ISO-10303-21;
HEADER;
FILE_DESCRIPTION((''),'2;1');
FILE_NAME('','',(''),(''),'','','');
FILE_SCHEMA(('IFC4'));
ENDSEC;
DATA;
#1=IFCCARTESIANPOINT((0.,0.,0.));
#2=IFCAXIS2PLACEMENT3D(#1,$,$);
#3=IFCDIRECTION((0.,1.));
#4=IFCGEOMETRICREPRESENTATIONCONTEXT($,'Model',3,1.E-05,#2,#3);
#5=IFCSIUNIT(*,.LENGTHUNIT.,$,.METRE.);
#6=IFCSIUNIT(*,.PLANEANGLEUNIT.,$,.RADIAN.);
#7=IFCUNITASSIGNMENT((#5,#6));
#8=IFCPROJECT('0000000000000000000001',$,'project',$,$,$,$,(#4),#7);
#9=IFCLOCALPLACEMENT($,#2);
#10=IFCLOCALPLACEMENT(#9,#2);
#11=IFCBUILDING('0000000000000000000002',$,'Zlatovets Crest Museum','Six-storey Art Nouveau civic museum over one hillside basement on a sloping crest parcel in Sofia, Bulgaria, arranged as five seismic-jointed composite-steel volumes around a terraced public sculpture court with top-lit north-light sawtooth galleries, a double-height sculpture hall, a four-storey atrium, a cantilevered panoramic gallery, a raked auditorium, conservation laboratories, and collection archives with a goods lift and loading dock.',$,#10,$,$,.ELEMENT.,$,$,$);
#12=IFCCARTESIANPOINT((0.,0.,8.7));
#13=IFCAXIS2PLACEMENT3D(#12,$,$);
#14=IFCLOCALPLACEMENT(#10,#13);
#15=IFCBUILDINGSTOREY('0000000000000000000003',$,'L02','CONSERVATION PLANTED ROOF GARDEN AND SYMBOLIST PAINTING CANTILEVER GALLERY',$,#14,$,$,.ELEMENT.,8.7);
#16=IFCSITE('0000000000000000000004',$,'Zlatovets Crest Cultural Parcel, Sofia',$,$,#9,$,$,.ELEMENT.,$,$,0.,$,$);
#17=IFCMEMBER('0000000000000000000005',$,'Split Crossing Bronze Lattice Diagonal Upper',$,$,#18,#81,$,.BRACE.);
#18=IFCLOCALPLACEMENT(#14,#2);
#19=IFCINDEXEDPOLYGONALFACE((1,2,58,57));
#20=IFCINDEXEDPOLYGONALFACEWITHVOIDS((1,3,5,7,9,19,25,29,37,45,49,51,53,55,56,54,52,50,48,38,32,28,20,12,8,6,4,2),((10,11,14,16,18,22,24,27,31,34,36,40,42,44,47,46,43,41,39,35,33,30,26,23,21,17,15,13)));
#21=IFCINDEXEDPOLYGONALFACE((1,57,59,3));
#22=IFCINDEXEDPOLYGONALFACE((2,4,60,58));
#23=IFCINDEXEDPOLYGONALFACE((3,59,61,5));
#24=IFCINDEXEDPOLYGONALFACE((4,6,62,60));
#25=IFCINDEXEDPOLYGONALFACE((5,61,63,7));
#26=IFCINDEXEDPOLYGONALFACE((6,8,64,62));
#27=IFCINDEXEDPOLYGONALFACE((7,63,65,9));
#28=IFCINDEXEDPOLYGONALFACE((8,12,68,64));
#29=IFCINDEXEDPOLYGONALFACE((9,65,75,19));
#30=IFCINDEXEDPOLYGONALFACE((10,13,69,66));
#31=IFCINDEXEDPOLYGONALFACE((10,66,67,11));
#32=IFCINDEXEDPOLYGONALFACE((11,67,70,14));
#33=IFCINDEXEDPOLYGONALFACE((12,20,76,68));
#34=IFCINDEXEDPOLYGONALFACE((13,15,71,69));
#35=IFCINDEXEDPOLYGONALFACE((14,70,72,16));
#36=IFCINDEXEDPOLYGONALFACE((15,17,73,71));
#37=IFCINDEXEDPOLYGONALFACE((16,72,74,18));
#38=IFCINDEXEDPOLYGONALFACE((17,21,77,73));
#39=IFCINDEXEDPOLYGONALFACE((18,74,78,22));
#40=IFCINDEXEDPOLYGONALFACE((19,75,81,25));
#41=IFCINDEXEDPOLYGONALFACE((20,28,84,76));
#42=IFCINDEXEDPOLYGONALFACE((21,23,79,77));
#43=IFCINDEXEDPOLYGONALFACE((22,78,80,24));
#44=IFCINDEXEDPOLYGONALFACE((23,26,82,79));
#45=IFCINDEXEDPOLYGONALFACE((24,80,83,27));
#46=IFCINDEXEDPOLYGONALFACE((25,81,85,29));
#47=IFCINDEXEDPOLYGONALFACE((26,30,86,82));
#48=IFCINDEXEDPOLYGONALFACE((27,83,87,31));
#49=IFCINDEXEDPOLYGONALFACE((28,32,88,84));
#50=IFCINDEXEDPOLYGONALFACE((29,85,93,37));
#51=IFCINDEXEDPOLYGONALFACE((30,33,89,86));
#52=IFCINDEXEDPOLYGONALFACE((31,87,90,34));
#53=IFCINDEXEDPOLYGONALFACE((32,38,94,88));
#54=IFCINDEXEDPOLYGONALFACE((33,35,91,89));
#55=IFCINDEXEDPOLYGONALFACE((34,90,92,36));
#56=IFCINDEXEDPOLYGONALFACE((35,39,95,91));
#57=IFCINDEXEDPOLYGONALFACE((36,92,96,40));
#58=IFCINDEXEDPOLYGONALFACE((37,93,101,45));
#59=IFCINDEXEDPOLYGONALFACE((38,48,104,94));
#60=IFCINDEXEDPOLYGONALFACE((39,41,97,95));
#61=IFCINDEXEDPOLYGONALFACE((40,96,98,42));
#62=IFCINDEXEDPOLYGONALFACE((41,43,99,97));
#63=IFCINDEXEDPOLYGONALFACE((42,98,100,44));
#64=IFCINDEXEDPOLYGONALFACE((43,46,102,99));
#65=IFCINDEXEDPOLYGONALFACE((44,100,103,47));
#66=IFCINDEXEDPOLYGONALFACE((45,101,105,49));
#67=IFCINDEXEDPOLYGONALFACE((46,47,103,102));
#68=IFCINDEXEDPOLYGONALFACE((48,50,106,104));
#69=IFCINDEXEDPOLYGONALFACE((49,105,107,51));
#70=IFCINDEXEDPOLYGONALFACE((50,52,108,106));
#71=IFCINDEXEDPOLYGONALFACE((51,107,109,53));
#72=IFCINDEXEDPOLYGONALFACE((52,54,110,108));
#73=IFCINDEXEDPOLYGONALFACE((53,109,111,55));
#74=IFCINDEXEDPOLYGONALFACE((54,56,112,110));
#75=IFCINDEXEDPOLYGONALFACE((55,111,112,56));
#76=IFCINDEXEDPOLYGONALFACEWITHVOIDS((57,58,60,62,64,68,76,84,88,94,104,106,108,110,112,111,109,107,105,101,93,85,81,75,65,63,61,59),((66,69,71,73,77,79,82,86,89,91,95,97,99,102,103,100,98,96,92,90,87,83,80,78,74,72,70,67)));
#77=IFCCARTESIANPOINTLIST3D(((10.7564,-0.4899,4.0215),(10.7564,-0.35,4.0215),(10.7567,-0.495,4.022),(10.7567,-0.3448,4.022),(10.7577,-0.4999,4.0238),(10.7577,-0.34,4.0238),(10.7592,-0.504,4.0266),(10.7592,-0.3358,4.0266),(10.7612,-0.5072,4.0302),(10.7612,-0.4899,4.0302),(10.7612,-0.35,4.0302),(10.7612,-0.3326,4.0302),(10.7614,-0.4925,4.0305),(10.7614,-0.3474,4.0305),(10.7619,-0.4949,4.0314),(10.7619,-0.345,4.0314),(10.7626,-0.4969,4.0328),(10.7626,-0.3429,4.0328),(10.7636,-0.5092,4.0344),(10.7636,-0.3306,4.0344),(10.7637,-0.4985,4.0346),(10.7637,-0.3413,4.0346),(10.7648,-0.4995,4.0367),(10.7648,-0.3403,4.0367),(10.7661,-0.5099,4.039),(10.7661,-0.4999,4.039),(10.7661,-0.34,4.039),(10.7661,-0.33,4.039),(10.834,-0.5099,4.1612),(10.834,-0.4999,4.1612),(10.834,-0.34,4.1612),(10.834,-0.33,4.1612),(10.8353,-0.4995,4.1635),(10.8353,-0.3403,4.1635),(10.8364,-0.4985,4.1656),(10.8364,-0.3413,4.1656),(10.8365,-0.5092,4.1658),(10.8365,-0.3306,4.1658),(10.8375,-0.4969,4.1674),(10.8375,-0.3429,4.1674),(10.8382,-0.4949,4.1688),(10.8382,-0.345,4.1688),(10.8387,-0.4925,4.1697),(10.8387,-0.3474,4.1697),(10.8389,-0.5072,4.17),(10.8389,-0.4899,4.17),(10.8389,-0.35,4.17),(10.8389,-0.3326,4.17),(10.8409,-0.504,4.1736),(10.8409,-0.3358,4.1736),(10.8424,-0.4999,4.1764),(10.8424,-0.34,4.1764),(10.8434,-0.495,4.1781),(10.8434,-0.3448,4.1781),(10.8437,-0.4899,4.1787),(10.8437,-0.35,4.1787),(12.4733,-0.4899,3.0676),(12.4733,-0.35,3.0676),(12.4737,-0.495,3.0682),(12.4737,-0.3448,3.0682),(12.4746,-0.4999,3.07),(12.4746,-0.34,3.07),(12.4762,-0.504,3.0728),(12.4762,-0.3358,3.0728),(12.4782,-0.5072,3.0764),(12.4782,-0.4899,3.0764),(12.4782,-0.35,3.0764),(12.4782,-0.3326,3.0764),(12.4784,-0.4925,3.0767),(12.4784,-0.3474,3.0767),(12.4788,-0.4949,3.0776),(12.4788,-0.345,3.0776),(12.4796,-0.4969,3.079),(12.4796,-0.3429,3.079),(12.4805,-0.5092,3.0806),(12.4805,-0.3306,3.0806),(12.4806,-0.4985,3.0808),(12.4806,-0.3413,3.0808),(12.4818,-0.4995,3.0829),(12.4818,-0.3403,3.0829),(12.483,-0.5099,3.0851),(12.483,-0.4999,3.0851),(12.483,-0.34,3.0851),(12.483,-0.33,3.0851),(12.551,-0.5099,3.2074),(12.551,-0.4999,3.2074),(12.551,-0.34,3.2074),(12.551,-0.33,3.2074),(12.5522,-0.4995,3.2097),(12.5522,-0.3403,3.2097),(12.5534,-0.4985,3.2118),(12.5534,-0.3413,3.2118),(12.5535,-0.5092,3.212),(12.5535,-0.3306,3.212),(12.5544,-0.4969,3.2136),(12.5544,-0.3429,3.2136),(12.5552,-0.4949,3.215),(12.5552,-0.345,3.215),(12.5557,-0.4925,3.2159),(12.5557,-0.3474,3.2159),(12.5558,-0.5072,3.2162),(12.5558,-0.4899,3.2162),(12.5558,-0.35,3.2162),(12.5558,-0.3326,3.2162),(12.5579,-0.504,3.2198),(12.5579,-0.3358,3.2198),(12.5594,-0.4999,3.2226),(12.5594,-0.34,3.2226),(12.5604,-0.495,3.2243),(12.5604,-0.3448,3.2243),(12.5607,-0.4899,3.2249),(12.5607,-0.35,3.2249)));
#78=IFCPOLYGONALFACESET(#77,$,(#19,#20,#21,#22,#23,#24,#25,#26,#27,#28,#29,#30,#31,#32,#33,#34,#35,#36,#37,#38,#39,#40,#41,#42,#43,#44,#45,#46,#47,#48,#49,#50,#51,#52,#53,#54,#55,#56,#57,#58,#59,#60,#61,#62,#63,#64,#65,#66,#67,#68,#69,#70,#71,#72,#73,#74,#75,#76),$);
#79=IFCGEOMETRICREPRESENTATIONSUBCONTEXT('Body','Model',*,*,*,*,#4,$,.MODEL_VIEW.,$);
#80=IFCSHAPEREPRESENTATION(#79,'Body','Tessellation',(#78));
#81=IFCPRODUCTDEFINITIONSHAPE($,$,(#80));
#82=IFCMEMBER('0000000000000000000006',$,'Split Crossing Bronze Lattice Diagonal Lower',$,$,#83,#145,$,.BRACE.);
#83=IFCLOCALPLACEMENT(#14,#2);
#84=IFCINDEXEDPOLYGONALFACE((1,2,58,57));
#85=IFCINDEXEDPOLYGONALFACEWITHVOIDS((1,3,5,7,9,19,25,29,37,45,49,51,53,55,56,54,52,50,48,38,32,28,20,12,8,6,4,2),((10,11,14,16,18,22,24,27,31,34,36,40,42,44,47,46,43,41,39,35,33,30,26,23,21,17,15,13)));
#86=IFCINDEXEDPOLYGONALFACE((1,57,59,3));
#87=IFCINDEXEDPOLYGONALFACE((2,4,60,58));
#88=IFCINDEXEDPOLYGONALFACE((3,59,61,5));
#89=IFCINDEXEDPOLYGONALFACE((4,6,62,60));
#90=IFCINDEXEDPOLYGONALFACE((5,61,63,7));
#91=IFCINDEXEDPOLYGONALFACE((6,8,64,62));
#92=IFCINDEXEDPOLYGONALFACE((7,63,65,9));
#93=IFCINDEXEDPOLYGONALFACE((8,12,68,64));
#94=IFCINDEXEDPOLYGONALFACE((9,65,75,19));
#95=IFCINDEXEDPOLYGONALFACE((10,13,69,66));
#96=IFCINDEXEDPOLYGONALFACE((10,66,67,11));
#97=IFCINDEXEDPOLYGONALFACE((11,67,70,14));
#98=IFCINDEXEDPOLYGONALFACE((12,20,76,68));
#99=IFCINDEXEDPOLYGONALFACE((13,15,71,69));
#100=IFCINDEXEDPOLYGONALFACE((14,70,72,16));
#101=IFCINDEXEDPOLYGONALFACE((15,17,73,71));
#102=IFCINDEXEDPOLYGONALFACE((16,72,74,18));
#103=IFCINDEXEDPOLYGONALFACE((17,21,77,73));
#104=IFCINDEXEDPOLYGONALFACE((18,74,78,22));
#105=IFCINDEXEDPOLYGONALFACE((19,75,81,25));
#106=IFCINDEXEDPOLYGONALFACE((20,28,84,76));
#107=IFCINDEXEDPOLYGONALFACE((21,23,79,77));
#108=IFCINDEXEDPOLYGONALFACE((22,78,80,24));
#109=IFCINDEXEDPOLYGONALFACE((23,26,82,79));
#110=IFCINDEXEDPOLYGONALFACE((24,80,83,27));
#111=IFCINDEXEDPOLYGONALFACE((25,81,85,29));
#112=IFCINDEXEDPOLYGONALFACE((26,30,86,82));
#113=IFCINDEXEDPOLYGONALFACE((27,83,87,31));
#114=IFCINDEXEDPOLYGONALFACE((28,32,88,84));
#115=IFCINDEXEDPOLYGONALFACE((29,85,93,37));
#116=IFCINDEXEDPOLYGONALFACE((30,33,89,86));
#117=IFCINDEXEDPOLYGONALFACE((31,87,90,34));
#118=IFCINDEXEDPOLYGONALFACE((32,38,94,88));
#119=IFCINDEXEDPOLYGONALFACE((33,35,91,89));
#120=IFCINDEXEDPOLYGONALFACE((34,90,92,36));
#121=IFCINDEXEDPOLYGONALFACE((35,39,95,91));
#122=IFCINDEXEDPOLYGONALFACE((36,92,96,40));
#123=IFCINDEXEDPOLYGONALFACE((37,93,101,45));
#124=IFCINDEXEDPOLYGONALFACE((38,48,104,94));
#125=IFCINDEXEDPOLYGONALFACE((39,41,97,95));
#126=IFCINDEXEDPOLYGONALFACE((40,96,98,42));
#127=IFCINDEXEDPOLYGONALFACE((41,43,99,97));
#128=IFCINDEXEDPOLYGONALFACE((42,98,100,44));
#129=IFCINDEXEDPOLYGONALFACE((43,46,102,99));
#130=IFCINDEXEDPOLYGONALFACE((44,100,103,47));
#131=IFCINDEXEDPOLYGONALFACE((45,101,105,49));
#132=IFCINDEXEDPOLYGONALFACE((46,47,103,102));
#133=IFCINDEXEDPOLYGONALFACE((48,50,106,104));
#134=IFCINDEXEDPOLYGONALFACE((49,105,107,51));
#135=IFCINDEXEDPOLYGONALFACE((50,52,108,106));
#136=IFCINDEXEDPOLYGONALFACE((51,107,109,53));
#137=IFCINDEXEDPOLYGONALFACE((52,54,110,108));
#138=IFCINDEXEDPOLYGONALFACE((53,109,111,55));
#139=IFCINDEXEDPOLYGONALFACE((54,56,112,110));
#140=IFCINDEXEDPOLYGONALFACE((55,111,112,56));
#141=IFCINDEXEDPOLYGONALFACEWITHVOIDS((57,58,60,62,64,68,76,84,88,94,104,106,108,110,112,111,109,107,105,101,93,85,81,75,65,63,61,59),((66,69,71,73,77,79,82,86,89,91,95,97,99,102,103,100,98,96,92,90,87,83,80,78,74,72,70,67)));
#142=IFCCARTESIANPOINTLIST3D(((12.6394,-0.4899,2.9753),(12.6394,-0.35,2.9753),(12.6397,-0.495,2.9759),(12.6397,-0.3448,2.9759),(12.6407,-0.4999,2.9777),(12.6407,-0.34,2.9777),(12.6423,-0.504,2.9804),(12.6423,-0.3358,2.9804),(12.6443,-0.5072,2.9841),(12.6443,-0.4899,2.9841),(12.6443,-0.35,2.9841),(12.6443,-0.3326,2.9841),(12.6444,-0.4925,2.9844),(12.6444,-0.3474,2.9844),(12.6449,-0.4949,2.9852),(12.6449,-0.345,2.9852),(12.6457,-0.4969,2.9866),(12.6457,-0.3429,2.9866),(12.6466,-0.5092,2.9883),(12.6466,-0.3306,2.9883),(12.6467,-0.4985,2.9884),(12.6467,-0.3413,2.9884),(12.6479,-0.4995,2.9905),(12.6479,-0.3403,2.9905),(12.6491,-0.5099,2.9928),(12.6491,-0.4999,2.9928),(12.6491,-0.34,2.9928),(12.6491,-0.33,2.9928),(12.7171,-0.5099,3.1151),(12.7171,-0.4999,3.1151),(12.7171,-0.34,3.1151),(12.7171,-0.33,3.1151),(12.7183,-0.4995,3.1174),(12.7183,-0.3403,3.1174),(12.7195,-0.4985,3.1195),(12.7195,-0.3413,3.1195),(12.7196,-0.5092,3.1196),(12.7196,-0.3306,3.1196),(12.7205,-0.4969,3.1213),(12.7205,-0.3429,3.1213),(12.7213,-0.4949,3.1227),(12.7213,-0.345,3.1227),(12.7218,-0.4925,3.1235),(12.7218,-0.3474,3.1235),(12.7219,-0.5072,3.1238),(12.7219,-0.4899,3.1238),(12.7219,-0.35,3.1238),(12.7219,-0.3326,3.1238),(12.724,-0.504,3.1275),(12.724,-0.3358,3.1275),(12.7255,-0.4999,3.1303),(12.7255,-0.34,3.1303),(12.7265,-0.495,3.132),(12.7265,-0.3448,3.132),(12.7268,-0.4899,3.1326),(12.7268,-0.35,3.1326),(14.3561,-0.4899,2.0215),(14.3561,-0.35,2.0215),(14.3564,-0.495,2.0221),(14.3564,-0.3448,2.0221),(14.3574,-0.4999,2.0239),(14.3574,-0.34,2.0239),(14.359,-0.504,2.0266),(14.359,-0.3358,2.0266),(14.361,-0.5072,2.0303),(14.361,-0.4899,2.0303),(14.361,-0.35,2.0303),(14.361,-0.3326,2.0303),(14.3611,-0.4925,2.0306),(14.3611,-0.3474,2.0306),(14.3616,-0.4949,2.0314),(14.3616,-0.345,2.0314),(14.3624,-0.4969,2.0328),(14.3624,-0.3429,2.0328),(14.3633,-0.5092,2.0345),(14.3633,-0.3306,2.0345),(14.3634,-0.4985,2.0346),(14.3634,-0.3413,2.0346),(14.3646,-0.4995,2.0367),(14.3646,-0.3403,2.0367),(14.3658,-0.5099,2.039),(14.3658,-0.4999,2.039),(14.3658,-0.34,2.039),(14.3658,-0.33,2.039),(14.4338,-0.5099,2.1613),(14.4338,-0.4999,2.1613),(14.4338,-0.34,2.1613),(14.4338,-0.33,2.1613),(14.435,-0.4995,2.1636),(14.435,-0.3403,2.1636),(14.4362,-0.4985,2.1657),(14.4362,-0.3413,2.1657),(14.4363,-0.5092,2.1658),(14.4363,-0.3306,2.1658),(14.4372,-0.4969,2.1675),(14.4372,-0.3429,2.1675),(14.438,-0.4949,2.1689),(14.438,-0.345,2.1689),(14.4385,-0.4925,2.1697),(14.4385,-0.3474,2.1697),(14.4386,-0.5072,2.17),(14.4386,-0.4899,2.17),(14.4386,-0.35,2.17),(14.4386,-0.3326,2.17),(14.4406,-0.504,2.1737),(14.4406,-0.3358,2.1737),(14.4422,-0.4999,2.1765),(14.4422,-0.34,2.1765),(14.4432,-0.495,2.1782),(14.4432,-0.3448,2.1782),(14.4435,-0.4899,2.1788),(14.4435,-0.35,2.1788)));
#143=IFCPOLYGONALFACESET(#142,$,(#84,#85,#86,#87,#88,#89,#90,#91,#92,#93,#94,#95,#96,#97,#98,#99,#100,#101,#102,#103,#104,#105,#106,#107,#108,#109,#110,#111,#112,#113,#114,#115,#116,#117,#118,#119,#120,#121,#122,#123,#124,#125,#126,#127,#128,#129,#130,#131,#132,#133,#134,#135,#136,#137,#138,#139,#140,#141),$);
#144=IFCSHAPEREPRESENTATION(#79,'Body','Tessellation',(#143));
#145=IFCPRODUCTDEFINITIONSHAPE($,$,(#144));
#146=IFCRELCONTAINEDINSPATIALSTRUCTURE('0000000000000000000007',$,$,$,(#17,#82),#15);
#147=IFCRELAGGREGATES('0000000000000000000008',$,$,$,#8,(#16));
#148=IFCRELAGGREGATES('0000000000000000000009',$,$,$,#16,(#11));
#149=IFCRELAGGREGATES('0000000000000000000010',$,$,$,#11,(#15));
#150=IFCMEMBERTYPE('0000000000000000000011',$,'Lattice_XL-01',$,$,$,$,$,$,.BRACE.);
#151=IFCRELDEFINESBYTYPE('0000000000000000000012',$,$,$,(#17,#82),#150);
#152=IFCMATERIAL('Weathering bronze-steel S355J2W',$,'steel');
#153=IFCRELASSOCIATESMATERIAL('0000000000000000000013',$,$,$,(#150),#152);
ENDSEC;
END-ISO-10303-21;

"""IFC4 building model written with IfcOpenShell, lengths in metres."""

from ifc_helpers import new_model, si_unit, direction, frame, origin, origin_2d, place, context, subcontext, project, spatial, hollow_rectangle, extrude, material, material_profile, profile_set, type_object, element, save


model = new_model("IFC4")

# Units and contexts
model_context = context("Model", 3, precision=1e-05, world=origin(), true_north=direction((0.0, 1.0)))
body_context = subcontext(model_context, "Body", "Model", "MODEL_VIEW")
ifc_project = project(units=[si_unit("LENGTHUNIT", "METRE"), si_unit("PLANEANGLEUNIT", "RADIAN")], contexts=[model_context])

# Site, building, storey
site_placement = place(None, origin())
site = spatial("IfcSite", under=ifc_project, at=site_placement, Name="Zlatovets Crest Cultural Parcel, Sofia", CompositionType="ELEMENT", RefElevation=0.0)
building_placement = place(site_placement, origin())
building = spatial("IfcBuilding", under=site, at=building_placement, Name="Zlatovets Crest Museum", Description="Six-storey Art Nouveau civic museum over one hillside basement on a sloping crest parcel in Sofia, Bulgaria, arranged as five seismic-jointed composite-steel volumes around a terraced public sculpture court with top-lit north-light sawtooth galleries, a double-height sculpture hall, a four-storey atrium, a cantilevered panoramic gallery, a raked auditorium, conservation laboratories, and collection archives with a goods lift and loading dock.", CompositionType="ELEMENT")
storey_placement = place(building_placement, frame((0.0, 0.0, 8.7)))
storey = spatial("IfcBuildingStorey", under=building, at=storey_placement, Name="L02", Description="CONSERVATION PLANTED ROOF GARDEN AND SYMBOLIST PAINTING CANTILEVER GALLERY", CompositionType="ELEMENT", Elevation=8.7)

# Members
ifc_material_1 = material(Name="Weathering bronze-steel S355J2W", Category="steel")
ifc_material_profile_1 = material_profile(ifc_material_1, hollow_rectangle(XDim=0.1799, YDim=0.1799, WallThickness=0.01, InnerFilletRadius=0.01, OuterFilletRadius=0.02, at=origin_2d()), Name="SHS 180x180x10.0")
ifc_profile_set_1 = profile_set([ifc_material_profile_1], Name="Weathering bronze-steel S355J2W")
member_type_1 = type_object("IfcMemberType", Name="Lattice_XL-01", PredefinedType="BRACE", material=ifc_profile_set_1)
member_1_placement = place(storey_placement, frame((10.8, -0.4199, 4.1001), z_axis=(0.874169, 0.0, -0.485622), x_axis=(0.0, 1.0, 0.0)))
element("IfcMember", 1, at=member_1_placement, inside=storey, type_object=member_type_1, Name="Split Crossing Bronze Lattice Diagonal Upper", PredefinedType="BRACE", context=body_context, shape_type="SweptSolid", body=[
    extrude(hollow_rectangle(XDim=0.1799, YDim=0.1799, WallThickness=0.01, InnerFilletRadius=0.01, OuterFilletRadius=0.02, at=origin_2d()), origin(), (0.0, 0.0, 1.0), 1.9641),
])
member_2_placement = place(storey_placement, frame((12.6831, -0.4199, 3.054), z_axis=(0.87414, 0.0, -0.485675), x_axis=(0.0, 1.0, 0.0)))
element("IfcMember", 2, at=member_2_placement, inside=storey, type_object=member_type_1, Name="Split Crossing Bronze Lattice Diagonal Lower", PredefinedType="BRACE", context=body_context, shape_type="SweptSolid", body=[
    extrude(hollow_rectangle(XDim=0.1799, YDim=0.1799, WallThickness=0.01, InnerFilletRadius=0.01, OuterFilletRadius=0.02, at=origin_2d()), origin(), (0.0, 0.0, 1.0), 1.9639),
])

save(model, "model.ifc")
